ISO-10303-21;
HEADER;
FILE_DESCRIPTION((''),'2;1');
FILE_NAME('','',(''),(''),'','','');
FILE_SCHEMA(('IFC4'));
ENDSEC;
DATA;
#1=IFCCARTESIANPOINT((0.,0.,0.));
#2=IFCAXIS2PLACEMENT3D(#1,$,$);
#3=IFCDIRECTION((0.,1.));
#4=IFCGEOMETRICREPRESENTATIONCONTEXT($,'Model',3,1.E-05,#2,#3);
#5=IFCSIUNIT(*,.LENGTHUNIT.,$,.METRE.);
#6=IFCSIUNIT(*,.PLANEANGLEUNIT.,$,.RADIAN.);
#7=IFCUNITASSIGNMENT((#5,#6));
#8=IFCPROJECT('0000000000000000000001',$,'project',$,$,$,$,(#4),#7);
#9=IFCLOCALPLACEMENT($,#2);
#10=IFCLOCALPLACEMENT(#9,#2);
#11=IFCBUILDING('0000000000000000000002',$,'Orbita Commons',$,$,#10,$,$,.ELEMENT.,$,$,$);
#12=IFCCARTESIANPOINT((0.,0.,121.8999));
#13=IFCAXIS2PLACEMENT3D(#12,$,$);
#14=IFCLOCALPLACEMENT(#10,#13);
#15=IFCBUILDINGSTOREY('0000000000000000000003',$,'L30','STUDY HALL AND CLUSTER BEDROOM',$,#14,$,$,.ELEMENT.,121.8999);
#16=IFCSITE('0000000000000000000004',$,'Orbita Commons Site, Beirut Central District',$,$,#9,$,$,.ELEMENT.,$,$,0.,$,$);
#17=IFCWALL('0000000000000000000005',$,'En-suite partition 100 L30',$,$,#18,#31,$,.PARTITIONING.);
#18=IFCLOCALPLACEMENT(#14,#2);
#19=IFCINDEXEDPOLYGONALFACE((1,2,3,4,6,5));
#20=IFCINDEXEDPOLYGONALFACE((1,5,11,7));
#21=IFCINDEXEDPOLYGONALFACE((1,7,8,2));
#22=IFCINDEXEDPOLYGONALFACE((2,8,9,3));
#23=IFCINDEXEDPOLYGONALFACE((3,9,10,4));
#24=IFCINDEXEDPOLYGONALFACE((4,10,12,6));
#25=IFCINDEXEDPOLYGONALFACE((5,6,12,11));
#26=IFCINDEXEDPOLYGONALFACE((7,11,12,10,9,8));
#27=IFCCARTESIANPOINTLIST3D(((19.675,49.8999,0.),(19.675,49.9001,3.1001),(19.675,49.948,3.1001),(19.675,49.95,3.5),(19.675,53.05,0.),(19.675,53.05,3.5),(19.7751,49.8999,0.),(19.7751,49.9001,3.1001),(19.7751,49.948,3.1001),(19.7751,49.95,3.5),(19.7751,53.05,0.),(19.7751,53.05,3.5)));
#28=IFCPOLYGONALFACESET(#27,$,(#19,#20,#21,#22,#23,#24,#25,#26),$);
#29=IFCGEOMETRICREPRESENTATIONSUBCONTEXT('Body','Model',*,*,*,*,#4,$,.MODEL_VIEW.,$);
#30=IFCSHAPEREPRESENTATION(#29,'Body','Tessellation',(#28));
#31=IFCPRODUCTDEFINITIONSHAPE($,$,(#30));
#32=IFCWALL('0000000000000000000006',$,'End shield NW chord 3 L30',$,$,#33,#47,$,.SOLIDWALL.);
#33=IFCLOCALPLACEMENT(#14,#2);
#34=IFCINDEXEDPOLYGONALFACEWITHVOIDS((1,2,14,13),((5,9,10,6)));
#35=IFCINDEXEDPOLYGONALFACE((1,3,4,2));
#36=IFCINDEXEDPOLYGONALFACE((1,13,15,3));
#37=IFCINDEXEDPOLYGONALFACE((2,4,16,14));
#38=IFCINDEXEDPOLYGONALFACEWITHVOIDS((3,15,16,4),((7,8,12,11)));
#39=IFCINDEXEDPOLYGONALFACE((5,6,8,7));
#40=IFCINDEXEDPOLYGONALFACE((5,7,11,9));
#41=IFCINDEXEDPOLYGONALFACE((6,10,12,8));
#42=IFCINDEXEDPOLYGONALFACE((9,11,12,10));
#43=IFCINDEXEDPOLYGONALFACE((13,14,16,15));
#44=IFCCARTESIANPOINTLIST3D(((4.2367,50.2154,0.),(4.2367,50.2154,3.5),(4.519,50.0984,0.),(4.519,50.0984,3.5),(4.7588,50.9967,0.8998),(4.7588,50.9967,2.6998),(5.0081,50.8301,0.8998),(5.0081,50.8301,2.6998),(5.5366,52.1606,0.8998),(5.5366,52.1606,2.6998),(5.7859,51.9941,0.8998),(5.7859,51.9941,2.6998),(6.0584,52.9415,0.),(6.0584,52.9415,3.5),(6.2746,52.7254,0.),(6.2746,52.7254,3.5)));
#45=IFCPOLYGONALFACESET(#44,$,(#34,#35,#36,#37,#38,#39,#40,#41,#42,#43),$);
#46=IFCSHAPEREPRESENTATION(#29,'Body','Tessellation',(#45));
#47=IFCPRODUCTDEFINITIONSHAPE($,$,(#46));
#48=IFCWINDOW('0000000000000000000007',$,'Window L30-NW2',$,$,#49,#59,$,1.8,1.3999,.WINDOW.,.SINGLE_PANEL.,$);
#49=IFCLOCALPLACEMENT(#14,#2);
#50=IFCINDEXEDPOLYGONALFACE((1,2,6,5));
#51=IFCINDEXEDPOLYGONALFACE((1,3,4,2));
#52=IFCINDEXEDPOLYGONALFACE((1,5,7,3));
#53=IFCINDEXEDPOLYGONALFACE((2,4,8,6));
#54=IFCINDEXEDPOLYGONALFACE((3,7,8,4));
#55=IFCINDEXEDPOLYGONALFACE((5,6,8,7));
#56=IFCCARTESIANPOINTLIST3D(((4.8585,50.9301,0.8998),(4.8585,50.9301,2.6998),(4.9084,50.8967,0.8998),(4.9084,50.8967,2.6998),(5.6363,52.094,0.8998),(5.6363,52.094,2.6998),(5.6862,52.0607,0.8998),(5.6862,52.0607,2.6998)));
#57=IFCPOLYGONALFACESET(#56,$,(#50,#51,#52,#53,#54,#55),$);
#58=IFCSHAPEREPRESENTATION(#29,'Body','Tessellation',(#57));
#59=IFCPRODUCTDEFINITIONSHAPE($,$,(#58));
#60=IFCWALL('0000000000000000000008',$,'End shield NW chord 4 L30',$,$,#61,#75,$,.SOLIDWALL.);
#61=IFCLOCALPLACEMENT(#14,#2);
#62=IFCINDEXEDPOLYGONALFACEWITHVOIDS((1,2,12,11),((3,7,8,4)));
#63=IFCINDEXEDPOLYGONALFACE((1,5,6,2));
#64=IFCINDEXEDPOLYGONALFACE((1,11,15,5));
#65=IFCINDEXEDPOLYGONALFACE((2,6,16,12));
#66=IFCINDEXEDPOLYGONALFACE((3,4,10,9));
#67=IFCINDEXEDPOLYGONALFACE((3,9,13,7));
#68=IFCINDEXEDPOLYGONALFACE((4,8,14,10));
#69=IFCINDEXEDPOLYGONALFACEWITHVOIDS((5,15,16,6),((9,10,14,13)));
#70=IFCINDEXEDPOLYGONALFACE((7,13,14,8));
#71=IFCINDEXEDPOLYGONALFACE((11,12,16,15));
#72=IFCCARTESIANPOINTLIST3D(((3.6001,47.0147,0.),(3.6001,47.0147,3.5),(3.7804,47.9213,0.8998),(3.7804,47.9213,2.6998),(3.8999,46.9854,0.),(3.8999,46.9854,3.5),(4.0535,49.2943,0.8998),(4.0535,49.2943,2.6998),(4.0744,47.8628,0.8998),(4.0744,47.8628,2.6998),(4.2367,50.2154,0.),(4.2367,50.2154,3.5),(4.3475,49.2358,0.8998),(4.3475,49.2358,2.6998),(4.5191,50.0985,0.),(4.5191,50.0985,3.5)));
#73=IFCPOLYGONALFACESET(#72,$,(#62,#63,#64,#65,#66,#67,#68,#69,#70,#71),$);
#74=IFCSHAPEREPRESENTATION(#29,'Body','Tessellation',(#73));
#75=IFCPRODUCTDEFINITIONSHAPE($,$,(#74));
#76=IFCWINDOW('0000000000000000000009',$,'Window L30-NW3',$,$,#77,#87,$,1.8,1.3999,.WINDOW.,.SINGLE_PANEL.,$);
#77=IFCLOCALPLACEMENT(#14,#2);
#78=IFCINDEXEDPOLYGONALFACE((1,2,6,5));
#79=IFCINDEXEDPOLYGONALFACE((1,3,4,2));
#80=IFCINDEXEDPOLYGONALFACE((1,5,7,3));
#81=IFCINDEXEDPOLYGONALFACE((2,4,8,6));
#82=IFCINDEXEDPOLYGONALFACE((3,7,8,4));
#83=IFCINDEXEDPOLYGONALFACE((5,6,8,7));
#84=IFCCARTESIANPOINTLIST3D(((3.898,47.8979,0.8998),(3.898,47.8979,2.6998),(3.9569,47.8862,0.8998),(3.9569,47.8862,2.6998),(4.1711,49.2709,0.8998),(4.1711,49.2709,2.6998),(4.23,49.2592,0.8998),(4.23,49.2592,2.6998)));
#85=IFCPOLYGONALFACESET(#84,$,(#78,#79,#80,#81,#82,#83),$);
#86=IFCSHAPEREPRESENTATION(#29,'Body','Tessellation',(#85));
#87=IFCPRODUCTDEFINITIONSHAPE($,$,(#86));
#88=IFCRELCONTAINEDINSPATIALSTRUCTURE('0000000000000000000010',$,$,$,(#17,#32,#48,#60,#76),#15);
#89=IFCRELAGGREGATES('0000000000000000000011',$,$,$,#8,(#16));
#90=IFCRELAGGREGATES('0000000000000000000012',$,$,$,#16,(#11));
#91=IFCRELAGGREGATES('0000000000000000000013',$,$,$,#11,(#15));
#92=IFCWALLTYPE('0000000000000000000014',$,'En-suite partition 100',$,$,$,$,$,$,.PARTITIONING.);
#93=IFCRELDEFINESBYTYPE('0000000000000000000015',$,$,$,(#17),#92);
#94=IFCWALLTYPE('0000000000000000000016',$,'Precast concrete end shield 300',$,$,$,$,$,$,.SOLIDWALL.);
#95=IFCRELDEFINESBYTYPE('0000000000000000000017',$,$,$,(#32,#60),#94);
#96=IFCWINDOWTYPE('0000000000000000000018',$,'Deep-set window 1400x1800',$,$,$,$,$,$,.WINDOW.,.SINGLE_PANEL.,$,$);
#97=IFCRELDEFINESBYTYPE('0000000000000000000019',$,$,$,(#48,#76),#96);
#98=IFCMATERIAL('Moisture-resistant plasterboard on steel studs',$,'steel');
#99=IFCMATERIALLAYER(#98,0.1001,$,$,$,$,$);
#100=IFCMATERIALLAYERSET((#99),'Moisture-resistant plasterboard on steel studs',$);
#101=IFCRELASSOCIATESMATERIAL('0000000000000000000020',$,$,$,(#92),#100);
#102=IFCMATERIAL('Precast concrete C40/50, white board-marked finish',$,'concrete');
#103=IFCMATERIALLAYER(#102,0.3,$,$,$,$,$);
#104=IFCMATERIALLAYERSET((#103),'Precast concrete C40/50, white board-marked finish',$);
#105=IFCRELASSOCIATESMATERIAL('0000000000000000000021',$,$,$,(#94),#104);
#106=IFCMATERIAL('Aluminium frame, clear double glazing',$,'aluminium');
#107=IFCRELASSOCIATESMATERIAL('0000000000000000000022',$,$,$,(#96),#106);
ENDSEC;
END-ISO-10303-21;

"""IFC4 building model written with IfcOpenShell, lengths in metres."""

from ifc_helpers import new_model, si_unit, direction, frame, frame_2d, origin, place, context, subcontext, project, spatial, polyline, rectangle, outline, extrude, material, layer, layer_set, type_object, element, fill, save


model = new_model("IFC4")

# Units and contexts
model_context = context("Model", 3, precision=1e-05, world=origin(), true_north=direction((0.0, 1.0)))
body_context = subcontext(model_context, "Body", "Model", "MODEL_VIEW")
ifc_project = project(units=[si_unit("LENGTHUNIT", "METRE"), si_unit("PLANEANGLEUNIT", "RADIAN")], contexts=[model_context])

# Site, building, storey
site_placement = place(None, origin())
site = spatial("IfcSite", under=ifc_project, at=site_placement, Name="Orbita Commons Site, Beirut Central District", CompositionType="ELEMENT", RefElevation=0.0)
building_placement = place(site_placement, origin())
building = spatial("IfcBuilding", under=site, at=building_placement, Name="Orbita Commons", CompositionType="ELEMENT")
storey_placement = place(building_placement, frame((0.0, 0.0, 121.8999)))
storey = spatial("IfcBuildingStorey", under=building, at=storey_placement, Name="L30", Description="STUDY HALL AND CLUSTER BEDROOM", CompositionType="ELEMENT", Elevation=121.8999)

# Wall
ifc_material_1 = material(Name="Moisture-resistant plasterboard on steel studs", Category="steel")
ifc_layer_1 = layer(ifc_material_1, 0.1001)
ifc_layer_set_1 = layer_set([ifc_layer_1], Name="Moisture-resistant plasterboard on steel studs")
wall_type_1 = type_object("IfcWallType", Name="En-suite partition 100", PredefinedType="PARTITIONING", material=ifc_layer_set_1)
for number, where, z_axis, x_axis, name in (
    (1, (19.7251, 53.05, 0.0), (0.0, 0.0, 1.0), (0.0, -1.0, 0.0), "En-suite partition 100 L30"),
):
    element("IfcWall", number, at=place(storey_placement, frame(where, z_axis=z_axis, x_axis=x_axis)), inside=storey, type_object=wall_type_1, Name=name, PredefinedType="PARTITIONING", context=body_context, shape_type="SweptSolid", body=[
        extrude(outline(polyline([(0.0, 0.0), (3.1501, 0.0), (3.1499, 3.1001), (3.1021, 3.1001), (3.1001, 3.5), (0.0, 3.5), (0.0, 0.0)])), frame((0.0, 0.05, 0.0), z_axis=(0.0, -1.0, 0.0), x_axis=(1.0, 0.0, 0.0)), (0.0, 0.0, 1.0), 0.1001),
    ])

# Walls, openings, windows
ifc_material_2 = material(Name="Precast concrete C40/50, white board-marked finish", Category="concrete")
ifc_layer_2 = layer(ifc_material_2, 0.3)
ifc_layer_set_2 = layer_set([ifc_layer_2], Name="Precast concrete C40/50, white board-marked finish")
wall_type_2 = type_object("IfcWallType", Name="Precast concrete end shield 300", PredefinedType="SOLIDWALL", material=ifc_layer_set_2)
wall_1_placement = place(storey_placement, frame((6.1665, 52.8335, 0.0), z_axis=(0.0, 0.0, 1.0), x_axis=(-0.55561, -0.831443, 0.0)))
wall_1 = element("IfcWall", 2, at=wall_1_placement, inside=storey, type_object=wall_type_2, Name="End shield NW chord 3 L30", PredefinedType="SOLIDWALL", context=body_context, shape_type="SweptSolid", body=[
    extrude(outline(polyline([(-0.0298, -0.1499), (3.249, -0.1499), (3.1895, 0.1499), (0.0298, 0.1499), (-0.0298, -0.1499)])), origin(), (0.0, 0.0, 1.0), 3.5),
])
opening_1_placement = place(wall_1_placement, frame((0.9094, 0.0, 0.8999)))
opening_1 = element("IfcOpeningElement", 3, at=opening_1_placement, cuts=wall_1, PredefinedType="OPENING", context=body_context, shape_type="SweptSolid", body=[
    extrude(rectangle(XDim=1.3999, YDim=1.8, at=frame_2d((0.7, 0.8999))), frame((0.0, 0.1599, 0.0), z_axis=(0.0, -1.0, 0.0), x_axis=(1.0, 0.0, 0.0)), (0.0, 0.0, 1.0), 0.3201),
])
ifc_material_3 = material(Name="Aluminium frame, clear double glazing", Category="aluminium")
window_type = type_object("IfcWindowType", Name="Deep-set window 1400x1800", PartitioningType="SINGLE_PANEL", PredefinedType="WINDOW", material=ifc_material_3)
window_1_placement = place(opening_1_placement, origin())
window_1 = element("IfcWindow", 4, at=window_1_placement, inside=storey, type_object=window_type, Name="Window L30-NW2", OverallHeight=1.8, OverallWidth=1.3999, PartitioningType="SINGLE_PANEL", PredefinedType="WINDOW", context=body_context, shape_type="SweptSolid", body=[
    extrude(rectangle(XDim=1.3999, YDim=1.8, at=frame_2d((0.7, 0.8999))), frame((0.0, 0.03, 0.0), z_axis=(0.0, -1.0, 0.0), x_axis=(1.0, 0.0, 0.0)), (0.0, 0.0, 1.0), 0.0601),
])
fill(opening_1, window_1)
wall_2_placement = place(storey_placement, frame((4.3779, 50.157, 0.0), z_axis=(0.0, 0.0, 1.0), x_axis=(-0.19508, -0.980787, 0.0)))
wall_2 = element("IfcWall", 5, at=wall_2_placement, inside=storey, type_object=wall_type_2, Name="End shield NW chord 4 L30", PredefinedType="SOLIDWALL", context=body_context, shape_type="SweptSolid", body=[
    extrude(outline(polyline([(-0.0298, -0.1499), (3.2336, -0.1499), (3.2039, 0.1499), (0.0298, 0.1499), (-0.0298, -0.1499)])), origin(), (0.0, 0.0, 1.0), 3.5),
])
opening_2_placement = place(wall_2_placement, frame((0.9094, 0.0, 0.8999)))
opening_2 = element("IfcOpeningElement", 6, at=opening_2_placement, cuts=wall_2, PredefinedType="OPENING", context=body_context, shape_type="SweptSolid", body=[
    extrude(rectangle(XDim=1.3999, YDim=1.8, at=frame_2d((0.7, 0.8999))), frame((0.0, 0.1599, 0.0), z_axis=(0.0, -1.0, 0.0), x_axis=(1.0, 0.0, 0.0)), (0.0, 0.0, 1.0), 0.3201),
])
window_2_placement = place(opening_2_placement, origin())
window_2 = element("IfcWindow", 7, at=window_2_placement, inside=storey, type_object=window_type, Name="Window L30-NW3", OverallHeight=1.8, OverallWidth=1.3999, PartitioningType="SINGLE_PANEL", PredefinedType="WINDOW", context=body_context, shape_type="SweptSolid", body=[
    extrude(rectangle(XDim=1.3999, YDim=1.8, at=frame_2d((0.7, 0.8999))), frame((0.0, 0.03, 0.0), z_axis=(0.0, -1.0, 0.0), x_axis=(1.0, 0.0, 0.0)), (0.0, 0.0, 1.0), 0.0601),
])
fill(opening_2, window_2)

save(model, "model.ifc")
